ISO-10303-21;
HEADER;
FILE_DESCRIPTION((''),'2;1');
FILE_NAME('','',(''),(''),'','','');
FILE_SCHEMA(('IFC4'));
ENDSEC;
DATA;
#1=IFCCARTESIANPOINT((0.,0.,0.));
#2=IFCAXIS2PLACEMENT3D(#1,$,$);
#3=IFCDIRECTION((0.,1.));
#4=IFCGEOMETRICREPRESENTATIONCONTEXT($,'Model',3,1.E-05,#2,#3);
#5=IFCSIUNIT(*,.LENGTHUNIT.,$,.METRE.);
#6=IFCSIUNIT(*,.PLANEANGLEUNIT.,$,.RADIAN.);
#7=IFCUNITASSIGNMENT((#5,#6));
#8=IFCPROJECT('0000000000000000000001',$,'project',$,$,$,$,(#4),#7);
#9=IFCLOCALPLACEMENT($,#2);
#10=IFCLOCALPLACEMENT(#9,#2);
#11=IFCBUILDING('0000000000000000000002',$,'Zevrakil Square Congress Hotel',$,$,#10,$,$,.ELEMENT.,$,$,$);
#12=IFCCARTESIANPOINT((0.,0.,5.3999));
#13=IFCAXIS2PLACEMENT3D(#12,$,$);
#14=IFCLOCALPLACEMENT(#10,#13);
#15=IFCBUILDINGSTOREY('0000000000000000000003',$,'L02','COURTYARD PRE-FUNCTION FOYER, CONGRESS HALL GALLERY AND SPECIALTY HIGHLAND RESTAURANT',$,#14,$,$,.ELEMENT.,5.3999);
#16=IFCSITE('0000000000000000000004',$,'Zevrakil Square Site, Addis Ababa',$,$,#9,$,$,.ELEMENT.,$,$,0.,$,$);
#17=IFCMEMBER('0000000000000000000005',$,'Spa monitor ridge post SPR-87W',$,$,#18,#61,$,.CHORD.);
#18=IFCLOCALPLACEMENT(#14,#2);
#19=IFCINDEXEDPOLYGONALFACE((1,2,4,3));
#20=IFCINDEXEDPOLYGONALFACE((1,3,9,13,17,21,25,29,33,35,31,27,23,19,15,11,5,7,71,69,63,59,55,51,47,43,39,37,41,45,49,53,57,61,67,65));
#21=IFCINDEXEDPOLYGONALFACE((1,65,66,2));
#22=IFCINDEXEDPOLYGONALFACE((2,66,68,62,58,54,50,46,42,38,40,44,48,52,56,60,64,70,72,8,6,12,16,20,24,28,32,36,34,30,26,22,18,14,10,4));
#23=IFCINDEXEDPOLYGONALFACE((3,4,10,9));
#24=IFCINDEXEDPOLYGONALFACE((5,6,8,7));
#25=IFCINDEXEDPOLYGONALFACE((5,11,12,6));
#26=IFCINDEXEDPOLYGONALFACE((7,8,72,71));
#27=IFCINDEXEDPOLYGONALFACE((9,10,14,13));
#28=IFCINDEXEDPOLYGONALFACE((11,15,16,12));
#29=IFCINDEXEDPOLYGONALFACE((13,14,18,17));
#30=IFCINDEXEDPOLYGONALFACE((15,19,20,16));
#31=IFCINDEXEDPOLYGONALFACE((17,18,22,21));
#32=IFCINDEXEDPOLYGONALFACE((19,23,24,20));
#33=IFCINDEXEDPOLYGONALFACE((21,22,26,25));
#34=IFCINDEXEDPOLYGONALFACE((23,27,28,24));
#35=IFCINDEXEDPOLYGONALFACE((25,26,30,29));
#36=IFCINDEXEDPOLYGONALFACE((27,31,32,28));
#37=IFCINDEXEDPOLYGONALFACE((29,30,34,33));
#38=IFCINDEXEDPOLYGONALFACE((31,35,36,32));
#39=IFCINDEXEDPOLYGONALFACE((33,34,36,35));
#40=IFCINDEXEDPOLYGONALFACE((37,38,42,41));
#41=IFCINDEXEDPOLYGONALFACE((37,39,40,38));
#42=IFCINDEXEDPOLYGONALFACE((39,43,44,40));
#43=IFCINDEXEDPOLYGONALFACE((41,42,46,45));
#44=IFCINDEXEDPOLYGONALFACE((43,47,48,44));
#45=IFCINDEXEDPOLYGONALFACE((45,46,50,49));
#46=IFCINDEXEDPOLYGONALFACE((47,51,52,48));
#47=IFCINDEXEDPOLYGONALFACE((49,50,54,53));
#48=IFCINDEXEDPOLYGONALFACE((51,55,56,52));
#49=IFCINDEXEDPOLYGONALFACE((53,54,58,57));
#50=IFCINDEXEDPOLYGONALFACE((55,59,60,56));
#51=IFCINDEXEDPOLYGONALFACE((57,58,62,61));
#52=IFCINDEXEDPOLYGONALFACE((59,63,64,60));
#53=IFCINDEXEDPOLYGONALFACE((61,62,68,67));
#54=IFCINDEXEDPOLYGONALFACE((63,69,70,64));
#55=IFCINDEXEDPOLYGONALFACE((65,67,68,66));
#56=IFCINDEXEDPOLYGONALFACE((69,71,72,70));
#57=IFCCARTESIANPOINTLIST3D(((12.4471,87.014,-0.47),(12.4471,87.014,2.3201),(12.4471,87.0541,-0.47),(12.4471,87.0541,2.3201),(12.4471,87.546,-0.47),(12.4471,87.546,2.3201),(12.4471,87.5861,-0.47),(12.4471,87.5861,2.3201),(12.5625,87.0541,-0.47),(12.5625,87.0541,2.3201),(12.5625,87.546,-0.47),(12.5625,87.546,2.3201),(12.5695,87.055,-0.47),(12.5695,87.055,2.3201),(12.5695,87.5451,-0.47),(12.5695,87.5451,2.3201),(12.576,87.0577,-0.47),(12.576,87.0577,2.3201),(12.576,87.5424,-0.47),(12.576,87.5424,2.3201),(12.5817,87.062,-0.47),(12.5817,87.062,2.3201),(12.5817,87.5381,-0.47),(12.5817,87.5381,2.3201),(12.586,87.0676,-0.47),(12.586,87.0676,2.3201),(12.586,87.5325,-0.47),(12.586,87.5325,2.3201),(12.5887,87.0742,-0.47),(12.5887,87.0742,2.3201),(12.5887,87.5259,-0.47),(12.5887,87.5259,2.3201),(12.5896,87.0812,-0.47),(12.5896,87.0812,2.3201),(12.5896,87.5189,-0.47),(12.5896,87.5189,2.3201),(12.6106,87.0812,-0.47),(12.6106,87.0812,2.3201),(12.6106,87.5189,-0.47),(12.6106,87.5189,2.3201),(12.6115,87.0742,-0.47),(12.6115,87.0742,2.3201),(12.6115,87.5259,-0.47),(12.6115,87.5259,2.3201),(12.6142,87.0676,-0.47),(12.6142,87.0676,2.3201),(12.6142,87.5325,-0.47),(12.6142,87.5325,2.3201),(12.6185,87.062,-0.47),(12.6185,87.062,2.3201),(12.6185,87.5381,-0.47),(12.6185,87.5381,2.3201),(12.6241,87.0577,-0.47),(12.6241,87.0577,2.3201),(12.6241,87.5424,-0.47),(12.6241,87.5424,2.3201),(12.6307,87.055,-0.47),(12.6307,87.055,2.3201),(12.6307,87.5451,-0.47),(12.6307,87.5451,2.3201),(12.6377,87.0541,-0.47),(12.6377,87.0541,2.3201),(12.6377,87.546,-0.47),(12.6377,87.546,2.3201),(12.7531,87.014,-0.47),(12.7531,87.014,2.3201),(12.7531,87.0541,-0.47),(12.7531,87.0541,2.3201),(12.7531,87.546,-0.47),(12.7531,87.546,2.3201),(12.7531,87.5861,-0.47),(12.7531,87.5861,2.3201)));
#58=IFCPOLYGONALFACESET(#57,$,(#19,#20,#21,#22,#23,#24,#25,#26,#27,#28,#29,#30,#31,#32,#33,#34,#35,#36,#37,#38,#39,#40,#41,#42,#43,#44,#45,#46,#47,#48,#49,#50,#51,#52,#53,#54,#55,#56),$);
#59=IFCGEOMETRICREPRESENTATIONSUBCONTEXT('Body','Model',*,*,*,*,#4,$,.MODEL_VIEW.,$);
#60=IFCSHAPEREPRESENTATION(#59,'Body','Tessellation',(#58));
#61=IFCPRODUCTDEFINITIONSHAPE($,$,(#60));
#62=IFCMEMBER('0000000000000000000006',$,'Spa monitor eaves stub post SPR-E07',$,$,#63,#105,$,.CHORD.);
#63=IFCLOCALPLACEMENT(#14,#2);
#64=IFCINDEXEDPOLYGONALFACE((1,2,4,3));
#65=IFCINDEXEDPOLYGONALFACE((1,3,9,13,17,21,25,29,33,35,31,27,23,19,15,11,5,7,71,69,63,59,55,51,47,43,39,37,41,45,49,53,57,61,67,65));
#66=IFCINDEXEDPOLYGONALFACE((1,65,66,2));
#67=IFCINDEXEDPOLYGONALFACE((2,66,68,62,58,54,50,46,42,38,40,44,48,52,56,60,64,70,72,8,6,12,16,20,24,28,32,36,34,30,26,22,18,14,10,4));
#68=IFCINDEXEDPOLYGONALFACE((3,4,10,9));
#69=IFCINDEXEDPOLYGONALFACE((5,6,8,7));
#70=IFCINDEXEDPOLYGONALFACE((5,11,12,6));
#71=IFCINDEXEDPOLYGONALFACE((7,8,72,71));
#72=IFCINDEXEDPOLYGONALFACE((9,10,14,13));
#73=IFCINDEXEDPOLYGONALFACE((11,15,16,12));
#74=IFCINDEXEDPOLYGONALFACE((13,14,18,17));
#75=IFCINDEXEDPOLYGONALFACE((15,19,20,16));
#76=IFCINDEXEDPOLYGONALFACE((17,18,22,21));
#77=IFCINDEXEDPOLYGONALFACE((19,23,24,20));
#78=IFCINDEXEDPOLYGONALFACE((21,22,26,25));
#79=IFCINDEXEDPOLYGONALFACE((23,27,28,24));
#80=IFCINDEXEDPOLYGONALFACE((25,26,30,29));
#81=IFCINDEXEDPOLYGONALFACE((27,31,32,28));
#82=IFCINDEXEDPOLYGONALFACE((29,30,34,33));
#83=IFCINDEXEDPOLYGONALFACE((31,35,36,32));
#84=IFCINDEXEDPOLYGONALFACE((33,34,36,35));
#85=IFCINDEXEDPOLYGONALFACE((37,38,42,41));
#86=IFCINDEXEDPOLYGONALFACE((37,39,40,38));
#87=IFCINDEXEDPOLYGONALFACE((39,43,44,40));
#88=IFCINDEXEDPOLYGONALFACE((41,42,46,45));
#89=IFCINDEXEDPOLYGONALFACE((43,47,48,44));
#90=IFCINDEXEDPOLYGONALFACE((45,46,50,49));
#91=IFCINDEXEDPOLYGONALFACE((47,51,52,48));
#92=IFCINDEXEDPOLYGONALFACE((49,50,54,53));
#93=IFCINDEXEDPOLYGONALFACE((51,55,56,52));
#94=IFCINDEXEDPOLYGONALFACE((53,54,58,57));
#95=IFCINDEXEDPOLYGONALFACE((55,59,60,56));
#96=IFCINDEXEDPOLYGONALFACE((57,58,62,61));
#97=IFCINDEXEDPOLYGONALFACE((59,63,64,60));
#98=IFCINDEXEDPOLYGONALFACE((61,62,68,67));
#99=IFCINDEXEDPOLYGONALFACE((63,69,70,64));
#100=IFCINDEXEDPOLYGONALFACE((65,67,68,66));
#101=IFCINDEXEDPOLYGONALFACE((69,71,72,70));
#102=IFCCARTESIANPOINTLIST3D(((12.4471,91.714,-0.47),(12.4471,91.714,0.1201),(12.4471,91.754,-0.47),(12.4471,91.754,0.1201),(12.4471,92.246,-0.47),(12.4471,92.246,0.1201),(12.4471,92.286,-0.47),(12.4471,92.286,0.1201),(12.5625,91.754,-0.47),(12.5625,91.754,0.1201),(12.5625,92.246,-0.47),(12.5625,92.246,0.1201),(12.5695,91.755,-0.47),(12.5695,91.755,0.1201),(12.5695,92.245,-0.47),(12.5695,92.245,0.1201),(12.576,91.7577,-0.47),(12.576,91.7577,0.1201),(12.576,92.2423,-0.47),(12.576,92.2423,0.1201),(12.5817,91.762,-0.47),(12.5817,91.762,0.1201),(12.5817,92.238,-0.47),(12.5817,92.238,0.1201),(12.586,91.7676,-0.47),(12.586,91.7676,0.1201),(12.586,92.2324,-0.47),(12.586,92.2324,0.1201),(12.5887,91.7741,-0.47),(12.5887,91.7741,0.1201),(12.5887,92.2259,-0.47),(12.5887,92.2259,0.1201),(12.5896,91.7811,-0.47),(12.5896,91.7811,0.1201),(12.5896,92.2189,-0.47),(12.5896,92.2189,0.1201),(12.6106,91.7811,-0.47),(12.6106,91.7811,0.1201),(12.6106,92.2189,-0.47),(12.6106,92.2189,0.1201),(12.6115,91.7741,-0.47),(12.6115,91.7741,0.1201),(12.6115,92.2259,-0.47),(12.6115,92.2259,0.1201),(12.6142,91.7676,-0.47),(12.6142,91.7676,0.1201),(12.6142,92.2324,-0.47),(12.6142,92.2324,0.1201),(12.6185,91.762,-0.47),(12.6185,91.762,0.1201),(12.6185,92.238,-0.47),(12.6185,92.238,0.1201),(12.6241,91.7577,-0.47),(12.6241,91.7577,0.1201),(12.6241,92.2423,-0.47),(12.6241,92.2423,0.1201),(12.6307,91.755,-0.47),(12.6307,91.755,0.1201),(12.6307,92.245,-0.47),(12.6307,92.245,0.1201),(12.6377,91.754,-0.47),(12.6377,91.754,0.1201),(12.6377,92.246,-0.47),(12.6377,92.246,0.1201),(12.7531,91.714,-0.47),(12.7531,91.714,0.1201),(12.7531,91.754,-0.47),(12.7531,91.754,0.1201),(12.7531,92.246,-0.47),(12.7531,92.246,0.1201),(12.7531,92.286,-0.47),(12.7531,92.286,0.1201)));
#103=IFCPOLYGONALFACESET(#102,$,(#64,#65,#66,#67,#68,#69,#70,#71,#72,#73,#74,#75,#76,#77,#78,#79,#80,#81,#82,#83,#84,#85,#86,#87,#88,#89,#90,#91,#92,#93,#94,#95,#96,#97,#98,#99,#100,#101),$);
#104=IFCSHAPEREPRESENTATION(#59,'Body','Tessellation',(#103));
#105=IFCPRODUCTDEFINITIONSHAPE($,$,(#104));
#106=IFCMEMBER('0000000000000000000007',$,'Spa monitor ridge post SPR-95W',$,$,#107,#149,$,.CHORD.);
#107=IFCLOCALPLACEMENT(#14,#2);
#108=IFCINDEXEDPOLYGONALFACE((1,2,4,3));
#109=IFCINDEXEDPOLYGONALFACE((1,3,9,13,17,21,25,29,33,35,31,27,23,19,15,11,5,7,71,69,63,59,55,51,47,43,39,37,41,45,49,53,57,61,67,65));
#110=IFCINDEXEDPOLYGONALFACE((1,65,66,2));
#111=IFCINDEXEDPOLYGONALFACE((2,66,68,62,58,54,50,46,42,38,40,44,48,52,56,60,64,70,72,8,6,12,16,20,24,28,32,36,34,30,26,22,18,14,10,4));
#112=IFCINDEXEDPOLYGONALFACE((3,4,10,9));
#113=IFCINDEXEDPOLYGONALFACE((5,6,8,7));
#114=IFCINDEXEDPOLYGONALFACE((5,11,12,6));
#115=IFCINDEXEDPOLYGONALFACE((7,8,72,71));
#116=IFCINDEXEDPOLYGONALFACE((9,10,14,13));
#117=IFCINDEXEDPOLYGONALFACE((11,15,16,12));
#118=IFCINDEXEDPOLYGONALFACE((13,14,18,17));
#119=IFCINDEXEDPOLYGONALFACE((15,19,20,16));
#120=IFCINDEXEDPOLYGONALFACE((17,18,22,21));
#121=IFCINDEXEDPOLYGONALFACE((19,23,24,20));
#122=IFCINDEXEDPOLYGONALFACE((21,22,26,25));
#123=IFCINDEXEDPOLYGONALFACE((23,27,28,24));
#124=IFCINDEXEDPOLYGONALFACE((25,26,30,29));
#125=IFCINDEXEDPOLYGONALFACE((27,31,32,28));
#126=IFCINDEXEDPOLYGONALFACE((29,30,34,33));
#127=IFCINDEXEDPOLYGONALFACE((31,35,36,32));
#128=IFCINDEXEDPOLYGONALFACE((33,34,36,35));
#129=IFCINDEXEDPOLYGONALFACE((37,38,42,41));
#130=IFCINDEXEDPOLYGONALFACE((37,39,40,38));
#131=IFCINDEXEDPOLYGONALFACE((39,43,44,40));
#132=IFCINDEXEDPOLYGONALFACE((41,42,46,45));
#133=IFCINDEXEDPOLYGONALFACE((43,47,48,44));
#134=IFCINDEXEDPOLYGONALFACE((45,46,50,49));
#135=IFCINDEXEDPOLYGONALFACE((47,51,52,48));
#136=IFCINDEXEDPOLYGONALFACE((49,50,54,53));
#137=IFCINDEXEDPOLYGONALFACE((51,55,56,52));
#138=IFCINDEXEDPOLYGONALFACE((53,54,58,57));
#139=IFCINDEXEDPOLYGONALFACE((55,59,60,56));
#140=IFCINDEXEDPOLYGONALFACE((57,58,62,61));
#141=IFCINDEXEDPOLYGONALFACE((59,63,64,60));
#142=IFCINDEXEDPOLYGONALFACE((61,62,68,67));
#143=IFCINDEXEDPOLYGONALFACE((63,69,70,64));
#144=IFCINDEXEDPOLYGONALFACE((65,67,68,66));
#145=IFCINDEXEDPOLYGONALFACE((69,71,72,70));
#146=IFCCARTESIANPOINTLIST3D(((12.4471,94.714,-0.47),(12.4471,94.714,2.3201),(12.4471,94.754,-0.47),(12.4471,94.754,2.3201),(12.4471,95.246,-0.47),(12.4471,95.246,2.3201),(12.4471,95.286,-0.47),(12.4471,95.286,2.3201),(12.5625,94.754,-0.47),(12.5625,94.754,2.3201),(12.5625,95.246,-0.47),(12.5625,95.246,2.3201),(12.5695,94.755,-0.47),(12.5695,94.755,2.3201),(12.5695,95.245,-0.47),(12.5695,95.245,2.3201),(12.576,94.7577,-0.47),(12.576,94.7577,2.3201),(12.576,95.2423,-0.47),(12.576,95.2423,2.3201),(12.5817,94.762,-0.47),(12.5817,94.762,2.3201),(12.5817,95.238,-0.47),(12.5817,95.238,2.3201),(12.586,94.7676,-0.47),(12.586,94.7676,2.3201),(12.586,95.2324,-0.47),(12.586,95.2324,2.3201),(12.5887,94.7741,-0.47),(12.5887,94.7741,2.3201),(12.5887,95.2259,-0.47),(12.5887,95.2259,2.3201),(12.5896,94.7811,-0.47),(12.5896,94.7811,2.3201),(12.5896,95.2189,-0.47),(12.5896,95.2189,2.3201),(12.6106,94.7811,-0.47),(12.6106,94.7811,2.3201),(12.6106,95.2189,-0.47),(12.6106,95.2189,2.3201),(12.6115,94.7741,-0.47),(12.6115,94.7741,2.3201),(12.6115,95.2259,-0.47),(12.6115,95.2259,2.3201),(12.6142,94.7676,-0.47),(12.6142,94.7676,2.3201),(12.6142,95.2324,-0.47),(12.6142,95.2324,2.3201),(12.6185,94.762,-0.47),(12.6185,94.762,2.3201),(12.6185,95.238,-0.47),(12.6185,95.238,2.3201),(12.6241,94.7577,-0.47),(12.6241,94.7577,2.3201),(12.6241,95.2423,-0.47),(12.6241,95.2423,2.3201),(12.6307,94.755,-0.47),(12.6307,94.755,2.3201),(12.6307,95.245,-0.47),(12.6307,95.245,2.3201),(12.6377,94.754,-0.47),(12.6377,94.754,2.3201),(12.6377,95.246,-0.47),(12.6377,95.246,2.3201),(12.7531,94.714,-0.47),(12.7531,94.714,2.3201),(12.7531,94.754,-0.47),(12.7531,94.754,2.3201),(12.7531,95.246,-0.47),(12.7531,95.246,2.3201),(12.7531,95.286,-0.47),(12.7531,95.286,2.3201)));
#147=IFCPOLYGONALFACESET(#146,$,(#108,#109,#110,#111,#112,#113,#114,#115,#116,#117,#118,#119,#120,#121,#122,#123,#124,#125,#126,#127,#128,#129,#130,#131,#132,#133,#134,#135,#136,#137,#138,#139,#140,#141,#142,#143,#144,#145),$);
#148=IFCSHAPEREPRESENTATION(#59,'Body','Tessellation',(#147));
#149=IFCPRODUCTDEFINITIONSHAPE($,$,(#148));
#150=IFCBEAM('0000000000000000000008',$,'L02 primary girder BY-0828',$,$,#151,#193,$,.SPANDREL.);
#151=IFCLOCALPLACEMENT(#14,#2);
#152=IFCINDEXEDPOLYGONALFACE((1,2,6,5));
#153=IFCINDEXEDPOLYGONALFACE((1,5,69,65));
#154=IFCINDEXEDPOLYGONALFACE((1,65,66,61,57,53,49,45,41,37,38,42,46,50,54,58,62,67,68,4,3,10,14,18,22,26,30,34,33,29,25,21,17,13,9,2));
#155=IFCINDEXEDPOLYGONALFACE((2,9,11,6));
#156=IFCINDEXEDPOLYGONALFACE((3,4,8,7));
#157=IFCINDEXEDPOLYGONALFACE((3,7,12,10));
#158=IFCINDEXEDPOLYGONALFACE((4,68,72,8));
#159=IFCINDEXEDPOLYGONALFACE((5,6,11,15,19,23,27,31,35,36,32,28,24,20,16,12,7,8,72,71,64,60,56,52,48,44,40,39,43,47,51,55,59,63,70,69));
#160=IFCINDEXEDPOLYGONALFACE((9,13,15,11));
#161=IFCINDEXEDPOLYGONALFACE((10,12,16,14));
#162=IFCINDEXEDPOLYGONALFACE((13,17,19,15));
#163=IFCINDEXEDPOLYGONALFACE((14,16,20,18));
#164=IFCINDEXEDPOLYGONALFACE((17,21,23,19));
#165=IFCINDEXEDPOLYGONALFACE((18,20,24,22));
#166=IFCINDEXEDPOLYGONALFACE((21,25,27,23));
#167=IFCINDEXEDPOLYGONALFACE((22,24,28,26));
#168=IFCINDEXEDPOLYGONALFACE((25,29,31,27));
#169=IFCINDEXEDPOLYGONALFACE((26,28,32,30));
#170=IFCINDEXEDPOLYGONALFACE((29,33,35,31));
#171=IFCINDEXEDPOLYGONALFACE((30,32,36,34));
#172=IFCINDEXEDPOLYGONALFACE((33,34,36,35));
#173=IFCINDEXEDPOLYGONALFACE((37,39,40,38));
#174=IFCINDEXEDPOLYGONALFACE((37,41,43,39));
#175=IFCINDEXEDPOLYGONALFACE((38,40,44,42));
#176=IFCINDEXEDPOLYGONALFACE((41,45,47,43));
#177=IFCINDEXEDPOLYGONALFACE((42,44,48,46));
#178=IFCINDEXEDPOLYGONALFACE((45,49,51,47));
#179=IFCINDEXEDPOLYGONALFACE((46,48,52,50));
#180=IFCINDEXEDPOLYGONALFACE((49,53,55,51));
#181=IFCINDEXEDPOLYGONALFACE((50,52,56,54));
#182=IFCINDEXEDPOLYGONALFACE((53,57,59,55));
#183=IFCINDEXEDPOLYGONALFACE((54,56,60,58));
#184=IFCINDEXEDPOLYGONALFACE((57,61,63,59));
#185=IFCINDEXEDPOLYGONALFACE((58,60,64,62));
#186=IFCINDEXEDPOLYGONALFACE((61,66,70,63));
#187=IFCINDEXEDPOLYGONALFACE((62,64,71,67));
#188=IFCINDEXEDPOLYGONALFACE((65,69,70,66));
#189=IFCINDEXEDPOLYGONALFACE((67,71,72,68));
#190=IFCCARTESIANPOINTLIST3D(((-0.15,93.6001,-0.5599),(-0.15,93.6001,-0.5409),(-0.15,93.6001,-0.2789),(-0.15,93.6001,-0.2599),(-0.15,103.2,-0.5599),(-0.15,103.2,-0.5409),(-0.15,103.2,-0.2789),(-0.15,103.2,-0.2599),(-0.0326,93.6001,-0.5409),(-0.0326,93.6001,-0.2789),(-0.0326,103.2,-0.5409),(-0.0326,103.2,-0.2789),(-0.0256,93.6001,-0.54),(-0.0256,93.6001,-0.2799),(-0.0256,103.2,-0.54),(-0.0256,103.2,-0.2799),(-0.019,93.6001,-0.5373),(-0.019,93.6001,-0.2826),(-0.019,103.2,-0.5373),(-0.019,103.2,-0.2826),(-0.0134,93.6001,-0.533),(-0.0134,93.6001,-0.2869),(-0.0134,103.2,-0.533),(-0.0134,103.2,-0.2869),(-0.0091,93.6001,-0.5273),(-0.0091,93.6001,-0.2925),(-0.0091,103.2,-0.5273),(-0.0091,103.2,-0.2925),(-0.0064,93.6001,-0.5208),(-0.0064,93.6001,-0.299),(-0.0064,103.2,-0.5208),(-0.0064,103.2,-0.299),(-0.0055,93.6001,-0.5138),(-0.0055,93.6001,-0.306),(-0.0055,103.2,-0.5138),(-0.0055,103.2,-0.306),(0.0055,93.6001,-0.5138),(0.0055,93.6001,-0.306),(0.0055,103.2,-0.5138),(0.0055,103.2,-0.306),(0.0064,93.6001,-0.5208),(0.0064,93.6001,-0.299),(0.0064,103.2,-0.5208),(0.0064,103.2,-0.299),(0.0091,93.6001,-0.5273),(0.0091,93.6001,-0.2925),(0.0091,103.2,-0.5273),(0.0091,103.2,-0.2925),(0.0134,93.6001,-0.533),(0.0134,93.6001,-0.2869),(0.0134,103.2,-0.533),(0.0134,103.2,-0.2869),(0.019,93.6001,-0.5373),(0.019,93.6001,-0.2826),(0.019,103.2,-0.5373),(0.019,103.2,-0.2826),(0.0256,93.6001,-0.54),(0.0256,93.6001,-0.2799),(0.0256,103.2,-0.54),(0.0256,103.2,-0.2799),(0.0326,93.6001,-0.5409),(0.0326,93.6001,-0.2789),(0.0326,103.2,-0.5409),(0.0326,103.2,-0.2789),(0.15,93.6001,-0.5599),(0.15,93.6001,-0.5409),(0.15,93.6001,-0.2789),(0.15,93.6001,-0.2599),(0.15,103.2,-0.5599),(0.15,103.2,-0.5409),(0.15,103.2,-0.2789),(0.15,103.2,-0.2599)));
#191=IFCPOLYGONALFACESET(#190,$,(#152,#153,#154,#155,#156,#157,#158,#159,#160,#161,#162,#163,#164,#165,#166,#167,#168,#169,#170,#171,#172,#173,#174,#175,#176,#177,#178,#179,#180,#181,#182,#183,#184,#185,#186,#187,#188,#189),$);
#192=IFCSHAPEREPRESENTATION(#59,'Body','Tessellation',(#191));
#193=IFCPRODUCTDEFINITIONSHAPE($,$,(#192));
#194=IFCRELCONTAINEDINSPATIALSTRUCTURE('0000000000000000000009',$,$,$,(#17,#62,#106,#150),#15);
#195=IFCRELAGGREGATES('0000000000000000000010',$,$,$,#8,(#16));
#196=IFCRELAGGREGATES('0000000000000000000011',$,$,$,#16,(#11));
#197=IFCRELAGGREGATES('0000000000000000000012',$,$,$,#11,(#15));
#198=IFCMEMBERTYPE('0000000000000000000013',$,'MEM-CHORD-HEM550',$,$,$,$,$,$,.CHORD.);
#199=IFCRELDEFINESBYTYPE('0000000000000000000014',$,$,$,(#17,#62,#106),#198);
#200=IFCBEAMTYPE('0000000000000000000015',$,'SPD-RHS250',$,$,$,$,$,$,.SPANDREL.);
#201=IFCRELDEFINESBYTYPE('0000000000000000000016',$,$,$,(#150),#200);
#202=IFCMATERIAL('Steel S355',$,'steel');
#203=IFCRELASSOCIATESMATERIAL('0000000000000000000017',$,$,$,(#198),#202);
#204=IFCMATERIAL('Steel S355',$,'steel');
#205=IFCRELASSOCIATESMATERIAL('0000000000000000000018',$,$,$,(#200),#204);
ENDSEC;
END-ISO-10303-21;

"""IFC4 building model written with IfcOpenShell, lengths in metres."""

from ifc_helpers import new_model, si_unit, direction, frame, origin, origin_2d, place, context, subcontext, project, spatial, i_section, extrude, material, material_profile, profile_set, type_object, element, save


model = new_model("IFC4")

# Units and contexts
model_context = context("Model", 3, precision=1e-05, world=origin(), true_north=direction((0.0, 1.0)))
body_context = subcontext(model_context, "Body", "Model", "MODEL_VIEW")
ifc_project = project(units=[si_unit("LENGTHUNIT", "METRE"), si_unit("PLANEANGLEUNIT", "RADIAN")], contexts=[model_context])

# Site, building, storey
site_placement = place(None, origin())
site = spatial("IfcSite", under=ifc_project, at=site_placement, Name="Zevrakil Square Site, Addis Ababa", CompositionType="ELEMENT", RefElevation=0.0)
building_placement = place(site_placement, origin())
building = spatial("IfcBuilding", under=site, at=building_placement, Name="Zevrakil Square Congress Hotel", CompositionType="ELEMENT")
storey_placement = place(building_placement, frame((0.0, 0.0, 5.3999)))
storey = spatial("IfcBuildingStorey", under=building, at=storey_placement, Name="L02", Description="COURTYARD PRE-FUNCTION FOYER, CONGRESS HALL GALLERY AND SPECIALTY HIGHLAND RESTAURANT", CompositionType="ELEMENT", Elevation=5.3999)

# Members
ifc_material_1 = material(Name="Steel S355", Category="steel")
ifc_material_profile_1 = material_profile(ifc_material_1, i_section(OverallWidth=0.3059, OverallDepth=0.572, WebThickness=0.021, FlangeThickness=0.04, FilletRadius=0.0271, at=origin_2d()), Name="HEM 550")
ifc_profile_set_1 = profile_set([ifc_material_profile_1], Name="Steel S355")
member_type_1 = type_object("IfcMemberType", Name="MEM-CHORD-HEM550", PredefinedType="CHORD", material=ifc_profile_set_1)
member_1_placement = place(storey_placement, frame((12.6001, 87.3, -0.47), z_axis=(0.0, 0.0, 1.0), x_axis=(1.0, 0.0, 0.0)))
element("IfcMember", 1, at=member_1_placement, inside=storey, type_object=member_type_1, Name="Spa monitor ridge post SPR-87W", PredefinedType="CHORD", context=body_context, shape_type="SweptSolid", body=[
    extrude(i_section(OverallWidth=0.3059, OverallDepth=0.572, WebThickness=0.021, FlangeThickness=0.04, FilletRadius=0.0271, at=origin_2d()), origin(), (0.0, 0.0, 1.0), 2.79),
])
member_2_placement = place(storey_placement, frame((12.6001, 92.0, -0.47), z_axis=(0.0, 0.0, 1.0), x_axis=(1.0, 0.0, 0.0)))
element("IfcMember", 2, at=member_2_placement, inside=storey, type_object=member_type_1, Name="Spa monitor eaves stub post SPR-E07", PredefinedType="CHORD", context=body_context, shape_type="SweptSolid", body=[
    extrude(i_section(OverallWidth=0.3059, OverallDepth=0.572, WebThickness=0.021, FlangeThickness=0.04, FilletRadius=0.0271, at=origin_2d()), origin(), (0.0, 0.0, 1.0), 0.5901),
])
member_3_placement = place(storey_placement, frame((12.6001, 95.0, -0.47), z_axis=(0.0, 0.0, 1.0), x_axis=(1.0, 0.0, 0.0)))
element("IfcMember", 3, at=member_3_placement, inside=storey, type_object=member_type_1, Name="Spa monitor ridge post SPR-95W", PredefinedType="CHORD", context=body_context, shape_type="SweptSolid", body=[
    extrude(i_section(OverallWidth=0.3059, OverallDepth=0.572, WebThickness=0.021, FlangeThickness=0.04, FilletRadius=0.0271, at=origin_2d()), origin(), (0.0, 0.0, 1.0), 2.79),
])

# Beam
ifc_material_2 = material(Name="Steel S355", Category="steel")
ifc_material_profile_2 = material_profile(ifc_material_2, i_section(OverallWidth=0.3, OverallDepth=0.3, WebThickness=0.011, FlangeThickness=0.019, FilletRadius=0.0271, at=origin_2d()), Name="HEB 300")
ifc_profile_set_2 = profile_set([ifc_material_profile_2], Name="Steel S355")
beam_type_1 = type_object("IfcBeamType", Name="SPD-RHS250", PredefinedType="SPANDREL", material=ifc_profile_set_2)
beam_1_placement = place(storey_placement, frame((0.0, 93.6001, -0.4099), z_axis=(0.0, 1.0, 0.0), x_axis=(-1.0, 0.0, 0.0)))
element("IfcBeam", 4, at=beam_1_placement, inside=storey, type_object=beam_type_1, Name="L02 primary girder BY-0828", PredefinedType="SPANDREL", context=body_context, shape_type="SweptSolid", body=[
    extrude(i_section(OverallWidth=0.3, OverallDepth=0.3, WebThickness=0.011, FlangeThickness=0.019, FilletRadius=0.0271, at=origin_2d()), origin(), (0.0, 0.0, 1.0), 9.5999),
])

save(model, "model.ifc")
